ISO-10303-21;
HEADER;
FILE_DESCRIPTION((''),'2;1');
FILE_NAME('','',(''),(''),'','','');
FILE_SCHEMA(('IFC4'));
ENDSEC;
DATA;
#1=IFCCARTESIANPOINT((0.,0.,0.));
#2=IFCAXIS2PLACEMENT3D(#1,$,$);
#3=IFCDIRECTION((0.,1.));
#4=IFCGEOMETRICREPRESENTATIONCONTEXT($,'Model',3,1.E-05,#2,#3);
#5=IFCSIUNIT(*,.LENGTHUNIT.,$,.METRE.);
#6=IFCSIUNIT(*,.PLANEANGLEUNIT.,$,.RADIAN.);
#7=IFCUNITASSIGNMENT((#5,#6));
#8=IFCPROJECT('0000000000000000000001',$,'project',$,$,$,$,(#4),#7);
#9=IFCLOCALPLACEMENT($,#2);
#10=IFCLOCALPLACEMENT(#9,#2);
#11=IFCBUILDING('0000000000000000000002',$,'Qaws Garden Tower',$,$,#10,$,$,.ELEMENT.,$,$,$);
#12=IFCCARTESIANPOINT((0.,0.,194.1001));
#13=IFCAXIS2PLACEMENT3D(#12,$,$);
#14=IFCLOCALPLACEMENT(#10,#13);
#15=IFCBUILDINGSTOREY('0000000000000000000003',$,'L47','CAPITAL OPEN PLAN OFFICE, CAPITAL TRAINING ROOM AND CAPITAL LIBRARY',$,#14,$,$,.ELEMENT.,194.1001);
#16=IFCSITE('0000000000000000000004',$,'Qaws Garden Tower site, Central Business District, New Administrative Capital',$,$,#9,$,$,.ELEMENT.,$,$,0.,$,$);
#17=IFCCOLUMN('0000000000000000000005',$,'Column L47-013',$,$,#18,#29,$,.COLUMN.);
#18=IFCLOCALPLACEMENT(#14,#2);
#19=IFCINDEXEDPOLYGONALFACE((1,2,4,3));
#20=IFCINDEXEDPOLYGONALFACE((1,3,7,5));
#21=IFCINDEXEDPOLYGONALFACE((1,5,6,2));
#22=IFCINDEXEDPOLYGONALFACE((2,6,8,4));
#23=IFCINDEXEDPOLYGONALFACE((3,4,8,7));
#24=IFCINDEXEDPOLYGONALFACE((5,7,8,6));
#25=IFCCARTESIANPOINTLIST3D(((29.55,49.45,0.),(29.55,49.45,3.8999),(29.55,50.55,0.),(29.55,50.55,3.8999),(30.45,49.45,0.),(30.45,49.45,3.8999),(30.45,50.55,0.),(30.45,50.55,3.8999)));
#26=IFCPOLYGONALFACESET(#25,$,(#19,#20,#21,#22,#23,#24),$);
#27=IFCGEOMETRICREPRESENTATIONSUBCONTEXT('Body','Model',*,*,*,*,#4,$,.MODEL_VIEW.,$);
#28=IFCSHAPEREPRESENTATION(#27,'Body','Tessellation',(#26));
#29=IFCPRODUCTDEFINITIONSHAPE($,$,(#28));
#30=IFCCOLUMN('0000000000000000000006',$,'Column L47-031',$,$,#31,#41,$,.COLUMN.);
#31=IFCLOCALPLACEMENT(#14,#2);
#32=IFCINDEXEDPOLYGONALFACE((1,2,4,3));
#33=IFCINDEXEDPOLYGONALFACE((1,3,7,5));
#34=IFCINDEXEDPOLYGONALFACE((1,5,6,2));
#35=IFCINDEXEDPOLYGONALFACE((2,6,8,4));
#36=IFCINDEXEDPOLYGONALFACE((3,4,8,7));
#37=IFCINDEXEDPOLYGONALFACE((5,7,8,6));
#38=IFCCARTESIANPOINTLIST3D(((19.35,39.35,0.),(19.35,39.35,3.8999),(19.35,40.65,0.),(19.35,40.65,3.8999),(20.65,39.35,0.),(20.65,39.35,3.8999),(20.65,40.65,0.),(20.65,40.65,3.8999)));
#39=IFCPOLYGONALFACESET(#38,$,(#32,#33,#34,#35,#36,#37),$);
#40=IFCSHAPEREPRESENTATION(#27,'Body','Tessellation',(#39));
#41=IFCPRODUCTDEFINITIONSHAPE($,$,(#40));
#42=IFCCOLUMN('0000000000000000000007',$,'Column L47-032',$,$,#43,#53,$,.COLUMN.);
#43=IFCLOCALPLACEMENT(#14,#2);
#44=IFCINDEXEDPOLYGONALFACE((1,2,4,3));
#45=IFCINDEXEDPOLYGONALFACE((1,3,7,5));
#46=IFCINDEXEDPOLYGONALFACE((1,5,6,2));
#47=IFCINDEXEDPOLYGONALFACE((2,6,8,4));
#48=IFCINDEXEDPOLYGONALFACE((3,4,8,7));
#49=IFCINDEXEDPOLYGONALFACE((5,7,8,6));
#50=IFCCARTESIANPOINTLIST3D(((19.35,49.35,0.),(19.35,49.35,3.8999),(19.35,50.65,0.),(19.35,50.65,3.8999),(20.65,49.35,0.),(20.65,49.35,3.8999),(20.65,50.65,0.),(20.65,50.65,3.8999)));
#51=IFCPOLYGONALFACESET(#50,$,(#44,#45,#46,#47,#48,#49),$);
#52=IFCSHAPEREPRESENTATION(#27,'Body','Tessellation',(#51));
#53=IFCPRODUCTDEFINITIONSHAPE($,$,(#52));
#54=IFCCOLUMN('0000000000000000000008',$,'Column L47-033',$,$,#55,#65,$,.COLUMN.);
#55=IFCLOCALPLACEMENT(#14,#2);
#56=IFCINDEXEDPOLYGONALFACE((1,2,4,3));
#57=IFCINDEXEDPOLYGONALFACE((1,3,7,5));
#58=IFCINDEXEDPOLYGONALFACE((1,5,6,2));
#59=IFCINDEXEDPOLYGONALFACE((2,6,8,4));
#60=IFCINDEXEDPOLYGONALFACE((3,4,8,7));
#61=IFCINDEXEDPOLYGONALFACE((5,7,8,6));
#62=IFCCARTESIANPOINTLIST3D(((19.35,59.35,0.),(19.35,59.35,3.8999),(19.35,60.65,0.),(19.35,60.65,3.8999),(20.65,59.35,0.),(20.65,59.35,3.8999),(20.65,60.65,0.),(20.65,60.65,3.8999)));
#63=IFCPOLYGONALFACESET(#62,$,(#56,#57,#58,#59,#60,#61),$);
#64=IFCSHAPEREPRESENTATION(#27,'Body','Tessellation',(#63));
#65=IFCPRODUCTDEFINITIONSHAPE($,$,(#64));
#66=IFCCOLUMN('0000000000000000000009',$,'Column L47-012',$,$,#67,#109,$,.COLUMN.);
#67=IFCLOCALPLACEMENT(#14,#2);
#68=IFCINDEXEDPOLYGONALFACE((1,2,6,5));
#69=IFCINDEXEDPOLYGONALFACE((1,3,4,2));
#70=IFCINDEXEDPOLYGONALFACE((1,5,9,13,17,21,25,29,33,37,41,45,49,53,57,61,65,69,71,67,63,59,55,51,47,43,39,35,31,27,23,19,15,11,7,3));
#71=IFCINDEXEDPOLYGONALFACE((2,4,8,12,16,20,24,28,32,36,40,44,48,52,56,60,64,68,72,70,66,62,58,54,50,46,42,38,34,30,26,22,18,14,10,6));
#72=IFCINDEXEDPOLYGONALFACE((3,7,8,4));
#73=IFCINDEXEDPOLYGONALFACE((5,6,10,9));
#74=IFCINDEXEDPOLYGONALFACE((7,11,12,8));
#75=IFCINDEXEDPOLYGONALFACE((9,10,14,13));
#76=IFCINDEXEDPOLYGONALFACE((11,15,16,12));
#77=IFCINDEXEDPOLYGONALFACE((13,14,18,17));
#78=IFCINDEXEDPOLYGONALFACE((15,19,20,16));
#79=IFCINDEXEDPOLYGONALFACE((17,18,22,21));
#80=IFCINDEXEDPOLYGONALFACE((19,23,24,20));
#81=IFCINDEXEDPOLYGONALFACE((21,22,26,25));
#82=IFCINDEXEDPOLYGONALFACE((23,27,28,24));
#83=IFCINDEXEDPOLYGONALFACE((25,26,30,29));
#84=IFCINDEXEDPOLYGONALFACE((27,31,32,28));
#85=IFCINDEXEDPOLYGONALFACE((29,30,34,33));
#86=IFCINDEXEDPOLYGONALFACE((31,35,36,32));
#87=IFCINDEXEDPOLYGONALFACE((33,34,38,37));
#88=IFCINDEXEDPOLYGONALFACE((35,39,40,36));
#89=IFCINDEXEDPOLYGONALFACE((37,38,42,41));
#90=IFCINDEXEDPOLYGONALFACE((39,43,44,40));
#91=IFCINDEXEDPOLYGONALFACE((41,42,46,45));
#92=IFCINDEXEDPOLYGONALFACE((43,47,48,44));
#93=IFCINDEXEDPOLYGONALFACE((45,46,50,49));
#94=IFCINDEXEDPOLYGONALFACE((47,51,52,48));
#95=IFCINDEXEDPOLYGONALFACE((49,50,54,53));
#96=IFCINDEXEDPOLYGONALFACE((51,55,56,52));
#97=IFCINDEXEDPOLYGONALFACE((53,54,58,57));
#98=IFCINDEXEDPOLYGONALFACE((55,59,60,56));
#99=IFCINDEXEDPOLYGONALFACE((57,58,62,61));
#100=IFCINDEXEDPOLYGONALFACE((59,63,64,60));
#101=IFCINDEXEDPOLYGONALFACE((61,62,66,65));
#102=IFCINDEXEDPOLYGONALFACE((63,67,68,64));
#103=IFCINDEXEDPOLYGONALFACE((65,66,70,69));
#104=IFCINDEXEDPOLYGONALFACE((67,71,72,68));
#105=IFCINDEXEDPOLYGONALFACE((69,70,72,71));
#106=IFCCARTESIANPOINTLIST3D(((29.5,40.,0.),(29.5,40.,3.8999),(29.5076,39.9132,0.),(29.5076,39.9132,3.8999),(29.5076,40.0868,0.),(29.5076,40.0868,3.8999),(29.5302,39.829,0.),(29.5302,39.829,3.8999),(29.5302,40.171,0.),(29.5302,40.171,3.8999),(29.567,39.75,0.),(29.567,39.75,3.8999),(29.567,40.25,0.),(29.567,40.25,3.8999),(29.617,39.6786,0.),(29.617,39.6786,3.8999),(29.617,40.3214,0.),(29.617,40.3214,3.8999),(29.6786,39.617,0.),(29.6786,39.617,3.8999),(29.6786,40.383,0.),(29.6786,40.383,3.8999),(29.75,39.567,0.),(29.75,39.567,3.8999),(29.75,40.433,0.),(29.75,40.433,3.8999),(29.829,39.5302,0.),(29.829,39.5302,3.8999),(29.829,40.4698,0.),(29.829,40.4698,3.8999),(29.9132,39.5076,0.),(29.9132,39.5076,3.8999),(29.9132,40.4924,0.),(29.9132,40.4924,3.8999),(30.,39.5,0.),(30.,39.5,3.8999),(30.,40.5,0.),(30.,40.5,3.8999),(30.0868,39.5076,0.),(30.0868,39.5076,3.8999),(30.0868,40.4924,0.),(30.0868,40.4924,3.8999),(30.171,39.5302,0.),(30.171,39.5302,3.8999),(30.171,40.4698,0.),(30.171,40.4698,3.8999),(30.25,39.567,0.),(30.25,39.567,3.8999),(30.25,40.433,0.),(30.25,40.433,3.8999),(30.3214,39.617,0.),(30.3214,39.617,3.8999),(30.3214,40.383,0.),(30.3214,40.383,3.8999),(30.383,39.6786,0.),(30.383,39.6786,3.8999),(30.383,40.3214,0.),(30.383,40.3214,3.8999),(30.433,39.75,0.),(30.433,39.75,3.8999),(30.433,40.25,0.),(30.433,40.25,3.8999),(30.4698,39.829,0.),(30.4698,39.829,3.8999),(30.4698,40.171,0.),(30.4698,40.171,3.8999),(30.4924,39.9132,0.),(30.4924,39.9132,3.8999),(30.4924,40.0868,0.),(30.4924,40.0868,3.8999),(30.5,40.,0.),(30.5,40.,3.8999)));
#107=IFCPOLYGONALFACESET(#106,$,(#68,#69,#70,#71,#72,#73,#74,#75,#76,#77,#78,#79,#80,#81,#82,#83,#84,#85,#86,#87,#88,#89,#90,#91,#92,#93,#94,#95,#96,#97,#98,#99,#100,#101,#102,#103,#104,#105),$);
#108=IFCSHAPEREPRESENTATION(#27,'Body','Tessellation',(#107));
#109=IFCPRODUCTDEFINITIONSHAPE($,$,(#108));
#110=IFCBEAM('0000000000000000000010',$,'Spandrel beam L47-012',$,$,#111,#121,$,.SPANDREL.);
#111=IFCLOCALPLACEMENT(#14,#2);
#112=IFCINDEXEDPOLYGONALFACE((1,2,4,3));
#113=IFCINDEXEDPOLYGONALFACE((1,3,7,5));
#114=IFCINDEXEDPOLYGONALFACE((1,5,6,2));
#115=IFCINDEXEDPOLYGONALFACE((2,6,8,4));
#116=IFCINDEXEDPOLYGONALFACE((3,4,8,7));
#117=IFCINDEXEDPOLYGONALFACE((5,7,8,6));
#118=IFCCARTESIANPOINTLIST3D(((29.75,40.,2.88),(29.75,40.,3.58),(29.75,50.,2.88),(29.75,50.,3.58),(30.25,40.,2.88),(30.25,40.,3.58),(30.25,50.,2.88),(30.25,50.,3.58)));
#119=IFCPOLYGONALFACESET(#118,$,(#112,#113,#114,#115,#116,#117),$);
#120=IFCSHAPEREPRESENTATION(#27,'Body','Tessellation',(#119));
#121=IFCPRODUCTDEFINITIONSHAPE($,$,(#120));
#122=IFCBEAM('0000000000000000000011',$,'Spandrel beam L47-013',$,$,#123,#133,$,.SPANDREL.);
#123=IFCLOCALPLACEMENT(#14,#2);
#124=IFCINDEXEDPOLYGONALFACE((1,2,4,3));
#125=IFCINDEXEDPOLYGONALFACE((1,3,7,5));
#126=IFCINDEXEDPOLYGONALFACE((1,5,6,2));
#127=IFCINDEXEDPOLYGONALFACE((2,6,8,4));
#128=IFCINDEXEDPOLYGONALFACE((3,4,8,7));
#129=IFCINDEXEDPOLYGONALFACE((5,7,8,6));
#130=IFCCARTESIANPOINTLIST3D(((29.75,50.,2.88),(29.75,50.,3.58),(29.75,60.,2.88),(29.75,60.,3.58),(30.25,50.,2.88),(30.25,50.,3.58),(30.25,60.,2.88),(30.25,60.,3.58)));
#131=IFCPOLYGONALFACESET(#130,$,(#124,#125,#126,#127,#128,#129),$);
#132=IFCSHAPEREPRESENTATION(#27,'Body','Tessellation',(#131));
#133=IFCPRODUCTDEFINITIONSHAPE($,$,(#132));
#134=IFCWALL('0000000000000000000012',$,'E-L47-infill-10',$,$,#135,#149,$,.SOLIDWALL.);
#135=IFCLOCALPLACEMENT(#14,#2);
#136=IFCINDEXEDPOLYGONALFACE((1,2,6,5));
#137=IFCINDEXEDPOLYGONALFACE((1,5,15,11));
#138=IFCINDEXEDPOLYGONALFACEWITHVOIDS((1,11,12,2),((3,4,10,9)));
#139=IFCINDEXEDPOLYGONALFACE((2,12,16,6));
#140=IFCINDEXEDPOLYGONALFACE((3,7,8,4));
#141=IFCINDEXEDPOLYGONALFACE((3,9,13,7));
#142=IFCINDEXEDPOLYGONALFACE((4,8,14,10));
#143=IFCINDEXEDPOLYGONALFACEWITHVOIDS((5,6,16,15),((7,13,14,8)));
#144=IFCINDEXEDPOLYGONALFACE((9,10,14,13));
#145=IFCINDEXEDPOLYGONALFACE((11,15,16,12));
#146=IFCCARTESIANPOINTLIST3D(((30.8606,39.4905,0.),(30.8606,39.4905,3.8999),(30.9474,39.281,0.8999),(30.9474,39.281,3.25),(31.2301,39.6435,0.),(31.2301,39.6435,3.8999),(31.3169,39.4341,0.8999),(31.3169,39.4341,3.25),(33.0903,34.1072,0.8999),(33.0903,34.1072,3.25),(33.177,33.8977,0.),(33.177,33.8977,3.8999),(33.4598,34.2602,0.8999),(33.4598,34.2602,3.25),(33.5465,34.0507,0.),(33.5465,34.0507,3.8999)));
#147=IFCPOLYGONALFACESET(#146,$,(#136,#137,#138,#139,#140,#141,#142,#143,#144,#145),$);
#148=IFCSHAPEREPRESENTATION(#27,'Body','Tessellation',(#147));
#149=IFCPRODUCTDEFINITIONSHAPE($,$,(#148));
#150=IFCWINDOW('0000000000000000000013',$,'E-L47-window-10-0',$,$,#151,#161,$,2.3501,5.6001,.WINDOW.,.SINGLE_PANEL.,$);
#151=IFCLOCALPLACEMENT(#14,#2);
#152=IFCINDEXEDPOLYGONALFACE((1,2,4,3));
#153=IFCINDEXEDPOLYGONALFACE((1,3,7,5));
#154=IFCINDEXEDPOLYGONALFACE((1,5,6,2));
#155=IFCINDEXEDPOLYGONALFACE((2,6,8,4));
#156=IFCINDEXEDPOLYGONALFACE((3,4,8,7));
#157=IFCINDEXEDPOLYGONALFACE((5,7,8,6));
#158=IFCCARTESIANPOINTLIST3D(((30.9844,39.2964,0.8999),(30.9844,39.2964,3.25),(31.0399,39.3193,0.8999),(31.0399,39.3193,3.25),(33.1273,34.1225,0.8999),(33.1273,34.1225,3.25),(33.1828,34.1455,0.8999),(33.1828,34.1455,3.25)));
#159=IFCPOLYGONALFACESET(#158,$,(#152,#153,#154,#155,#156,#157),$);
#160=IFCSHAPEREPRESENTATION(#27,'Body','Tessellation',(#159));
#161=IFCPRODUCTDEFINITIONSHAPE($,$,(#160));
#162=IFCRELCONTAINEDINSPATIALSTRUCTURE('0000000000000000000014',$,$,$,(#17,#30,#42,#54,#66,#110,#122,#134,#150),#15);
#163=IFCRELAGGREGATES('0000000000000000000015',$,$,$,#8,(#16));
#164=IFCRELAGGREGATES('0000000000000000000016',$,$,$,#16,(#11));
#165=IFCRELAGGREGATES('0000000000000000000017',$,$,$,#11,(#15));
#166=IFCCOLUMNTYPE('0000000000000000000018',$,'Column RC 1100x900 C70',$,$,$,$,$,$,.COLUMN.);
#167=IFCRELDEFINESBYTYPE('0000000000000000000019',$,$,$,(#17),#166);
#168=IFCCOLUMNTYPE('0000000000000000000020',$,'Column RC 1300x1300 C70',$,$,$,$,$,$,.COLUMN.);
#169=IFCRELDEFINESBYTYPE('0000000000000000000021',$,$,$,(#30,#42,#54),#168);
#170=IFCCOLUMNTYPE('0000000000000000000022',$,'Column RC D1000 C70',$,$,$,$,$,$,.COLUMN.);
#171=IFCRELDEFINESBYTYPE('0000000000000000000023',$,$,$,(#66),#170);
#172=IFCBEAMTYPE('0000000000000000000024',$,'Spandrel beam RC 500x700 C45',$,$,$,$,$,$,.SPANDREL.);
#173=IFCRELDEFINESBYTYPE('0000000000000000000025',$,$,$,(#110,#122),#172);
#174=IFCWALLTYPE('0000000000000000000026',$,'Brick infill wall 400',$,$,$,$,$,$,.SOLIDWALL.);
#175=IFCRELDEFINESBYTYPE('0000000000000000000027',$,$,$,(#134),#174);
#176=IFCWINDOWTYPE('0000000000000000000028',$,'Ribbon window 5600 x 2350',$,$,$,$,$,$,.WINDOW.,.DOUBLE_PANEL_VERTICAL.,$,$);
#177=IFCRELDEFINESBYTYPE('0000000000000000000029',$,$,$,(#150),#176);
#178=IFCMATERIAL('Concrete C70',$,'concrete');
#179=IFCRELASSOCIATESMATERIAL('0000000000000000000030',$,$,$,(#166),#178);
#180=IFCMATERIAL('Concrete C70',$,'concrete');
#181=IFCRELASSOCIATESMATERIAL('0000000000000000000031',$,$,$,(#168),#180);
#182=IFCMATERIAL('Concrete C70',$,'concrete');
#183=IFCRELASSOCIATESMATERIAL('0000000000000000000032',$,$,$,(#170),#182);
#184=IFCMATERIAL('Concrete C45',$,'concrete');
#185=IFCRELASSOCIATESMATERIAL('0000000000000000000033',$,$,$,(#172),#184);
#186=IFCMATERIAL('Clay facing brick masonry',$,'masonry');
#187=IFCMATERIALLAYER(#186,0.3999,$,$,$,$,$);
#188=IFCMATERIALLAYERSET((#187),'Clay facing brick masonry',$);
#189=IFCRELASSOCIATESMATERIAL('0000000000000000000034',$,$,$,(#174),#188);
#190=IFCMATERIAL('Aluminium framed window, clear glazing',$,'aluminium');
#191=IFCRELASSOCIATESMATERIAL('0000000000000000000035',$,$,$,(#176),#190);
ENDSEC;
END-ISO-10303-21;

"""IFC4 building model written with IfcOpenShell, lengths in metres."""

from ifc_helpers import new_model, si_unit, direction, frame, frame_2d, origin, origin_2d, place, context, subcontext, project, spatial, rectangle, circle, extrude, material, layer, layer_set, material_profile, profile_set, type_object, element, fill, save


model = new_model("IFC4")

# Units and contexts
model_context = context("Model", 3, precision=1e-05, world=origin(), true_north=direction((0.0, 1.0)))
body_context = subcontext(model_context, "Body", "Model", "MODEL_VIEW")
ifc_project = project(units=[si_unit("LENGTHUNIT", "METRE"), si_unit("PLANEANGLEUNIT", "RADIAN")], contexts=[model_context])

# Site, building, storey
site_placement = place(None, origin())
site = spatial("IfcSite", under=ifc_project, at=site_placement, Name="Qaws Garden Tower site, Central Business District, New Administrative Capital", CompositionType="ELEMENT", RefElevation=0.0)
building_placement = place(site_placement, origin())
building = spatial("IfcBuilding", under=site, at=building_placement, Name="Qaws Garden Tower", CompositionType="ELEMENT")
storey_placement = place(building_placement, frame((0.0, 0.0, 194.1001)))
storey = spatial("IfcBuildingStorey", under=building, at=storey_placement, Name="L47", Description="CAPITAL OPEN PLAN OFFICE, CAPITAL TRAINING ROOM AND CAPITAL LIBRARY", CompositionType="ELEMENT", Elevation=194.1001)

# Columns
ifc_material_1 = material(Name="Concrete C70", Category="concrete")
ifc_material_profile_1 = material_profile(ifc_material_1, rectangle(XDim=1.1001, YDim=0.8999, at=origin_2d()), Name="RC 1100x900")
ifc_profile_set_1 = profile_set([ifc_material_profile_1], Name="Concrete C70")
column_type_1 = type_object("IfcColumnType", Name="Column RC 1100x900 C70", PredefinedType="COLUMN", material=ifc_profile_set_1)
column_1_placement = place(storey_placement, frame((30.0, 50.0, 0.0), z_axis=(0.0, 0.0, 1.0), x_axis=(0.0, 1.0, 0.0)))
element("IfcColumn", 1, at=column_1_placement, inside=storey, type_object=column_type_1, Name="Column L47-013", PredefinedType="COLUMN", context=body_context, shape_type="SweptSolid", body=[
    extrude(rectangle(XDim=1.1001, YDim=0.8999, at=origin_2d()), origin(), (0.0, 0.0, 1.0), 3.8999),
])
ifc_material_2 = material(Name="Concrete C70", Category="concrete")
ifc_material_profile_2 = material_profile(ifc_material_2, rectangle(XDim=1.3, YDim=1.3, at=origin_2d()), Name="RC 1300x1300")
ifc_profile_set_2 = profile_set([ifc_material_profile_2], Name="Concrete C70")
column_type_2 = type_object("IfcColumnType", Name="Column RC 1300x1300 C70", PredefinedType="COLUMN", material=ifc_profile_set_2)
for number, where, z_axis, x_axis, name in (
    (2, (20.0, 40.0, 0.0), (0.0, 0.0, 1.0), (1.0, 0.0, 0.0), "Column L47-031"),
    (3, (20.0, 50.0, 0.0), (0.0, 0.0, 1.0), (1.0, 0.0, 0.0), "Column L47-032"),
    (4, (20.0, 60.0, 0.0), (0.0, 0.0, 1.0), (1.0, 0.0, 0.0), "Column L47-033"),
):
    element("IfcColumn", number, at=place(storey_placement, frame(where, z_axis=z_axis, x_axis=x_axis)), inside=storey, type_object=column_type_2, Name=name, PredefinedType="COLUMN", context=body_context, shape_type="SweptSolid", body=[
        extrude(rectangle(XDim=1.3, YDim=1.3, at=origin_2d()), origin(), (0.0, 0.0, 1.0), 3.8999),
    ])
ifc_material_3 = material(Name="Concrete C70", Category="concrete")
ifc_material_profile_3 = material_profile(ifc_material_3, circle(Radius=0.5, at=origin_2d()), Name="RC D1000")
ifc_profile_set_3 = profile_set([ifc_material_profile_3], Name="Concrete C70")
column_type_3 = type_object("IfcColumnType", Name="Column RC D1000 C70", PredefinedType="COLUMN", material=ifc_profile_set_3)
column_2_placement = place(storey_placement, frame((30.0, 40.0, 0.0), z_axis=(0.0, 0.0, 1.0), x_axis=(1.0, 0.0, 0.0)))
element("IfcColumn", 5, at=column_2_placement, inside=storey, type_object=column_type_3, Name="Column L47-012", PredefinedType="COLUMN", context=body_context, shape_type="SweptSolid", body=[
    extrude(circle(Radius=0.5, at=origin_2d()), origin(), (0.0, 0.0, 1.0), 3.8999),
])

# Beams
ifc_material_4 = material(Name="Concrete C45", Category="concrete")
ifc_material_profile_4 = material_profile(ifc_material_4, rectangle(XDim=0.5, YDim=0.7, at=origin_2d()), Name="RC 500x700")
ifc_profile_set_4 = profile_set([ifc_material_profile_4], Name="Concrete C45")
beam_type = type_object("IfcBeamType", Name="Spandrel beam RC 500x700 C45", PredefinedType="SPANDREL", material=ifc_profile_set_4)
for number, where, z_axis, x_axis, name in (
    (6, (30.0, 40.0, 3.23), (0.0, 1.0, 0.0), (-1.0, 0.0, 0.0), "Spandrel beam L47-012"),
    (7, (30.0, 50.0, 3.23), (0.0, 1.0, 0.0), (-1.0, 0.0, 0.0), "Spandrel beam L47-013"),
):
    element("IfcBeam", number, at=place(storey_placement, frame(where, z_axis=z_axis, x_axis=x_axis)), inside=storey, type_object=beam_type, Name=name, PredefinedType="SPANDREL", context=body_context, shape_type="SweptSolid", body=[
        extrude(rectangle(XDim=0.5, YDim=0.7, at=origin_2d()), origin(), (0.0, 0.0, 1.0), 10.0),
    ])

# Wall, opening, window
ifc_material_5 = material(Name="Clay facing brick masonry", Category="masonry")
ifc_layer_1 = layer(ifc_material_5, 0.3999)
ifc_layer_set_1 = layer_set([ifc_layer_1], Name="Clay facing brick masonry")
wall_type_1 = type_object("IfcWallType", Name="Brick infill wall 400", PredefinedType="SOLIDWALL", material=ifc_layer_set_1)
wall_1_placement = place(storey_placement, frame((33.3618, 33.9741, 0.0), z_axis=(0.0, 0.0, 1.0), x_axis=(-0.382656, 0.923891, 0.0)))
wall_1 = element("IfcWall", 8, at=wall_1_placement, inside=storey, type_object=wall_type_1, Name="E-L47-infill-10", PredefinedType="SOLIDWALL", context=body_context, shape_type="SweptSolid", body=[
    extrude(rectangle(XDim=6.0535, YDim=0.3999, at=frame_2d((3.0269, 0.0))), origin(), (0.0, 0.0, 1.0), 3.8999),
])
opening_1_placement = place(wall_1_placement, frame((0.2268, 0.0, 0.8999)))
opening_1 = element("IfcOpeningElement", 9, at=opening_1_placement, cuts=wall_1, PredefinedType="OPENING", context=body_context, shape_type="SweptSolid", body=[
    extrude(rectangle(XDim=5.6001, YDim=2.3501, at=frame_2d((2.8, 1.175))), frame((0.0, 0.21, 0.0), z_axis=(0.0, -1.0, 0.0), x_axis=(1.0, 0.0, 0.0)), (0.0, 0.0, 1.0), 0.4199),
])
ifc_material_6 = material(Name="Aluminium framed window, clear glazing", Category="aluminium")
window_type_1 = type_object("IfcWindowType", Name="Ribbon window 5600 x 2350", PartitioningType="DOUBLE_PANEL_VERTICAL", PredefinedType="WINDOW", material=ifc_material_6)
window_1_placement = place(opening_1_placement, origin())
window_1 = element("IfcWindow", 10, at=window_1_placement, inside=storey, type_object=window_type_1, Name="E-L47-window-10-0", OverallHeight=2.3501, OverallWidth=5.6001, PartitioningType="SINGLE_PANEL", PredefinedType="WINDOW", context=body_context, shape_type="SweptSolid", body=[
    extrude(rectangle(XDim=5.6001, YDim=2.3501, at=frame_2d((2.8, 1.175))), frame((0.0, 0.1599, 0.0), z_axis=(0.0, -1.0, 0.0), x_axis=(1.0, 0.0, 0.0)), (0.0, 0.0, 1.0), 0.0601),
])
fill(opening_1, window_1)

save(model, "model.ifc")
